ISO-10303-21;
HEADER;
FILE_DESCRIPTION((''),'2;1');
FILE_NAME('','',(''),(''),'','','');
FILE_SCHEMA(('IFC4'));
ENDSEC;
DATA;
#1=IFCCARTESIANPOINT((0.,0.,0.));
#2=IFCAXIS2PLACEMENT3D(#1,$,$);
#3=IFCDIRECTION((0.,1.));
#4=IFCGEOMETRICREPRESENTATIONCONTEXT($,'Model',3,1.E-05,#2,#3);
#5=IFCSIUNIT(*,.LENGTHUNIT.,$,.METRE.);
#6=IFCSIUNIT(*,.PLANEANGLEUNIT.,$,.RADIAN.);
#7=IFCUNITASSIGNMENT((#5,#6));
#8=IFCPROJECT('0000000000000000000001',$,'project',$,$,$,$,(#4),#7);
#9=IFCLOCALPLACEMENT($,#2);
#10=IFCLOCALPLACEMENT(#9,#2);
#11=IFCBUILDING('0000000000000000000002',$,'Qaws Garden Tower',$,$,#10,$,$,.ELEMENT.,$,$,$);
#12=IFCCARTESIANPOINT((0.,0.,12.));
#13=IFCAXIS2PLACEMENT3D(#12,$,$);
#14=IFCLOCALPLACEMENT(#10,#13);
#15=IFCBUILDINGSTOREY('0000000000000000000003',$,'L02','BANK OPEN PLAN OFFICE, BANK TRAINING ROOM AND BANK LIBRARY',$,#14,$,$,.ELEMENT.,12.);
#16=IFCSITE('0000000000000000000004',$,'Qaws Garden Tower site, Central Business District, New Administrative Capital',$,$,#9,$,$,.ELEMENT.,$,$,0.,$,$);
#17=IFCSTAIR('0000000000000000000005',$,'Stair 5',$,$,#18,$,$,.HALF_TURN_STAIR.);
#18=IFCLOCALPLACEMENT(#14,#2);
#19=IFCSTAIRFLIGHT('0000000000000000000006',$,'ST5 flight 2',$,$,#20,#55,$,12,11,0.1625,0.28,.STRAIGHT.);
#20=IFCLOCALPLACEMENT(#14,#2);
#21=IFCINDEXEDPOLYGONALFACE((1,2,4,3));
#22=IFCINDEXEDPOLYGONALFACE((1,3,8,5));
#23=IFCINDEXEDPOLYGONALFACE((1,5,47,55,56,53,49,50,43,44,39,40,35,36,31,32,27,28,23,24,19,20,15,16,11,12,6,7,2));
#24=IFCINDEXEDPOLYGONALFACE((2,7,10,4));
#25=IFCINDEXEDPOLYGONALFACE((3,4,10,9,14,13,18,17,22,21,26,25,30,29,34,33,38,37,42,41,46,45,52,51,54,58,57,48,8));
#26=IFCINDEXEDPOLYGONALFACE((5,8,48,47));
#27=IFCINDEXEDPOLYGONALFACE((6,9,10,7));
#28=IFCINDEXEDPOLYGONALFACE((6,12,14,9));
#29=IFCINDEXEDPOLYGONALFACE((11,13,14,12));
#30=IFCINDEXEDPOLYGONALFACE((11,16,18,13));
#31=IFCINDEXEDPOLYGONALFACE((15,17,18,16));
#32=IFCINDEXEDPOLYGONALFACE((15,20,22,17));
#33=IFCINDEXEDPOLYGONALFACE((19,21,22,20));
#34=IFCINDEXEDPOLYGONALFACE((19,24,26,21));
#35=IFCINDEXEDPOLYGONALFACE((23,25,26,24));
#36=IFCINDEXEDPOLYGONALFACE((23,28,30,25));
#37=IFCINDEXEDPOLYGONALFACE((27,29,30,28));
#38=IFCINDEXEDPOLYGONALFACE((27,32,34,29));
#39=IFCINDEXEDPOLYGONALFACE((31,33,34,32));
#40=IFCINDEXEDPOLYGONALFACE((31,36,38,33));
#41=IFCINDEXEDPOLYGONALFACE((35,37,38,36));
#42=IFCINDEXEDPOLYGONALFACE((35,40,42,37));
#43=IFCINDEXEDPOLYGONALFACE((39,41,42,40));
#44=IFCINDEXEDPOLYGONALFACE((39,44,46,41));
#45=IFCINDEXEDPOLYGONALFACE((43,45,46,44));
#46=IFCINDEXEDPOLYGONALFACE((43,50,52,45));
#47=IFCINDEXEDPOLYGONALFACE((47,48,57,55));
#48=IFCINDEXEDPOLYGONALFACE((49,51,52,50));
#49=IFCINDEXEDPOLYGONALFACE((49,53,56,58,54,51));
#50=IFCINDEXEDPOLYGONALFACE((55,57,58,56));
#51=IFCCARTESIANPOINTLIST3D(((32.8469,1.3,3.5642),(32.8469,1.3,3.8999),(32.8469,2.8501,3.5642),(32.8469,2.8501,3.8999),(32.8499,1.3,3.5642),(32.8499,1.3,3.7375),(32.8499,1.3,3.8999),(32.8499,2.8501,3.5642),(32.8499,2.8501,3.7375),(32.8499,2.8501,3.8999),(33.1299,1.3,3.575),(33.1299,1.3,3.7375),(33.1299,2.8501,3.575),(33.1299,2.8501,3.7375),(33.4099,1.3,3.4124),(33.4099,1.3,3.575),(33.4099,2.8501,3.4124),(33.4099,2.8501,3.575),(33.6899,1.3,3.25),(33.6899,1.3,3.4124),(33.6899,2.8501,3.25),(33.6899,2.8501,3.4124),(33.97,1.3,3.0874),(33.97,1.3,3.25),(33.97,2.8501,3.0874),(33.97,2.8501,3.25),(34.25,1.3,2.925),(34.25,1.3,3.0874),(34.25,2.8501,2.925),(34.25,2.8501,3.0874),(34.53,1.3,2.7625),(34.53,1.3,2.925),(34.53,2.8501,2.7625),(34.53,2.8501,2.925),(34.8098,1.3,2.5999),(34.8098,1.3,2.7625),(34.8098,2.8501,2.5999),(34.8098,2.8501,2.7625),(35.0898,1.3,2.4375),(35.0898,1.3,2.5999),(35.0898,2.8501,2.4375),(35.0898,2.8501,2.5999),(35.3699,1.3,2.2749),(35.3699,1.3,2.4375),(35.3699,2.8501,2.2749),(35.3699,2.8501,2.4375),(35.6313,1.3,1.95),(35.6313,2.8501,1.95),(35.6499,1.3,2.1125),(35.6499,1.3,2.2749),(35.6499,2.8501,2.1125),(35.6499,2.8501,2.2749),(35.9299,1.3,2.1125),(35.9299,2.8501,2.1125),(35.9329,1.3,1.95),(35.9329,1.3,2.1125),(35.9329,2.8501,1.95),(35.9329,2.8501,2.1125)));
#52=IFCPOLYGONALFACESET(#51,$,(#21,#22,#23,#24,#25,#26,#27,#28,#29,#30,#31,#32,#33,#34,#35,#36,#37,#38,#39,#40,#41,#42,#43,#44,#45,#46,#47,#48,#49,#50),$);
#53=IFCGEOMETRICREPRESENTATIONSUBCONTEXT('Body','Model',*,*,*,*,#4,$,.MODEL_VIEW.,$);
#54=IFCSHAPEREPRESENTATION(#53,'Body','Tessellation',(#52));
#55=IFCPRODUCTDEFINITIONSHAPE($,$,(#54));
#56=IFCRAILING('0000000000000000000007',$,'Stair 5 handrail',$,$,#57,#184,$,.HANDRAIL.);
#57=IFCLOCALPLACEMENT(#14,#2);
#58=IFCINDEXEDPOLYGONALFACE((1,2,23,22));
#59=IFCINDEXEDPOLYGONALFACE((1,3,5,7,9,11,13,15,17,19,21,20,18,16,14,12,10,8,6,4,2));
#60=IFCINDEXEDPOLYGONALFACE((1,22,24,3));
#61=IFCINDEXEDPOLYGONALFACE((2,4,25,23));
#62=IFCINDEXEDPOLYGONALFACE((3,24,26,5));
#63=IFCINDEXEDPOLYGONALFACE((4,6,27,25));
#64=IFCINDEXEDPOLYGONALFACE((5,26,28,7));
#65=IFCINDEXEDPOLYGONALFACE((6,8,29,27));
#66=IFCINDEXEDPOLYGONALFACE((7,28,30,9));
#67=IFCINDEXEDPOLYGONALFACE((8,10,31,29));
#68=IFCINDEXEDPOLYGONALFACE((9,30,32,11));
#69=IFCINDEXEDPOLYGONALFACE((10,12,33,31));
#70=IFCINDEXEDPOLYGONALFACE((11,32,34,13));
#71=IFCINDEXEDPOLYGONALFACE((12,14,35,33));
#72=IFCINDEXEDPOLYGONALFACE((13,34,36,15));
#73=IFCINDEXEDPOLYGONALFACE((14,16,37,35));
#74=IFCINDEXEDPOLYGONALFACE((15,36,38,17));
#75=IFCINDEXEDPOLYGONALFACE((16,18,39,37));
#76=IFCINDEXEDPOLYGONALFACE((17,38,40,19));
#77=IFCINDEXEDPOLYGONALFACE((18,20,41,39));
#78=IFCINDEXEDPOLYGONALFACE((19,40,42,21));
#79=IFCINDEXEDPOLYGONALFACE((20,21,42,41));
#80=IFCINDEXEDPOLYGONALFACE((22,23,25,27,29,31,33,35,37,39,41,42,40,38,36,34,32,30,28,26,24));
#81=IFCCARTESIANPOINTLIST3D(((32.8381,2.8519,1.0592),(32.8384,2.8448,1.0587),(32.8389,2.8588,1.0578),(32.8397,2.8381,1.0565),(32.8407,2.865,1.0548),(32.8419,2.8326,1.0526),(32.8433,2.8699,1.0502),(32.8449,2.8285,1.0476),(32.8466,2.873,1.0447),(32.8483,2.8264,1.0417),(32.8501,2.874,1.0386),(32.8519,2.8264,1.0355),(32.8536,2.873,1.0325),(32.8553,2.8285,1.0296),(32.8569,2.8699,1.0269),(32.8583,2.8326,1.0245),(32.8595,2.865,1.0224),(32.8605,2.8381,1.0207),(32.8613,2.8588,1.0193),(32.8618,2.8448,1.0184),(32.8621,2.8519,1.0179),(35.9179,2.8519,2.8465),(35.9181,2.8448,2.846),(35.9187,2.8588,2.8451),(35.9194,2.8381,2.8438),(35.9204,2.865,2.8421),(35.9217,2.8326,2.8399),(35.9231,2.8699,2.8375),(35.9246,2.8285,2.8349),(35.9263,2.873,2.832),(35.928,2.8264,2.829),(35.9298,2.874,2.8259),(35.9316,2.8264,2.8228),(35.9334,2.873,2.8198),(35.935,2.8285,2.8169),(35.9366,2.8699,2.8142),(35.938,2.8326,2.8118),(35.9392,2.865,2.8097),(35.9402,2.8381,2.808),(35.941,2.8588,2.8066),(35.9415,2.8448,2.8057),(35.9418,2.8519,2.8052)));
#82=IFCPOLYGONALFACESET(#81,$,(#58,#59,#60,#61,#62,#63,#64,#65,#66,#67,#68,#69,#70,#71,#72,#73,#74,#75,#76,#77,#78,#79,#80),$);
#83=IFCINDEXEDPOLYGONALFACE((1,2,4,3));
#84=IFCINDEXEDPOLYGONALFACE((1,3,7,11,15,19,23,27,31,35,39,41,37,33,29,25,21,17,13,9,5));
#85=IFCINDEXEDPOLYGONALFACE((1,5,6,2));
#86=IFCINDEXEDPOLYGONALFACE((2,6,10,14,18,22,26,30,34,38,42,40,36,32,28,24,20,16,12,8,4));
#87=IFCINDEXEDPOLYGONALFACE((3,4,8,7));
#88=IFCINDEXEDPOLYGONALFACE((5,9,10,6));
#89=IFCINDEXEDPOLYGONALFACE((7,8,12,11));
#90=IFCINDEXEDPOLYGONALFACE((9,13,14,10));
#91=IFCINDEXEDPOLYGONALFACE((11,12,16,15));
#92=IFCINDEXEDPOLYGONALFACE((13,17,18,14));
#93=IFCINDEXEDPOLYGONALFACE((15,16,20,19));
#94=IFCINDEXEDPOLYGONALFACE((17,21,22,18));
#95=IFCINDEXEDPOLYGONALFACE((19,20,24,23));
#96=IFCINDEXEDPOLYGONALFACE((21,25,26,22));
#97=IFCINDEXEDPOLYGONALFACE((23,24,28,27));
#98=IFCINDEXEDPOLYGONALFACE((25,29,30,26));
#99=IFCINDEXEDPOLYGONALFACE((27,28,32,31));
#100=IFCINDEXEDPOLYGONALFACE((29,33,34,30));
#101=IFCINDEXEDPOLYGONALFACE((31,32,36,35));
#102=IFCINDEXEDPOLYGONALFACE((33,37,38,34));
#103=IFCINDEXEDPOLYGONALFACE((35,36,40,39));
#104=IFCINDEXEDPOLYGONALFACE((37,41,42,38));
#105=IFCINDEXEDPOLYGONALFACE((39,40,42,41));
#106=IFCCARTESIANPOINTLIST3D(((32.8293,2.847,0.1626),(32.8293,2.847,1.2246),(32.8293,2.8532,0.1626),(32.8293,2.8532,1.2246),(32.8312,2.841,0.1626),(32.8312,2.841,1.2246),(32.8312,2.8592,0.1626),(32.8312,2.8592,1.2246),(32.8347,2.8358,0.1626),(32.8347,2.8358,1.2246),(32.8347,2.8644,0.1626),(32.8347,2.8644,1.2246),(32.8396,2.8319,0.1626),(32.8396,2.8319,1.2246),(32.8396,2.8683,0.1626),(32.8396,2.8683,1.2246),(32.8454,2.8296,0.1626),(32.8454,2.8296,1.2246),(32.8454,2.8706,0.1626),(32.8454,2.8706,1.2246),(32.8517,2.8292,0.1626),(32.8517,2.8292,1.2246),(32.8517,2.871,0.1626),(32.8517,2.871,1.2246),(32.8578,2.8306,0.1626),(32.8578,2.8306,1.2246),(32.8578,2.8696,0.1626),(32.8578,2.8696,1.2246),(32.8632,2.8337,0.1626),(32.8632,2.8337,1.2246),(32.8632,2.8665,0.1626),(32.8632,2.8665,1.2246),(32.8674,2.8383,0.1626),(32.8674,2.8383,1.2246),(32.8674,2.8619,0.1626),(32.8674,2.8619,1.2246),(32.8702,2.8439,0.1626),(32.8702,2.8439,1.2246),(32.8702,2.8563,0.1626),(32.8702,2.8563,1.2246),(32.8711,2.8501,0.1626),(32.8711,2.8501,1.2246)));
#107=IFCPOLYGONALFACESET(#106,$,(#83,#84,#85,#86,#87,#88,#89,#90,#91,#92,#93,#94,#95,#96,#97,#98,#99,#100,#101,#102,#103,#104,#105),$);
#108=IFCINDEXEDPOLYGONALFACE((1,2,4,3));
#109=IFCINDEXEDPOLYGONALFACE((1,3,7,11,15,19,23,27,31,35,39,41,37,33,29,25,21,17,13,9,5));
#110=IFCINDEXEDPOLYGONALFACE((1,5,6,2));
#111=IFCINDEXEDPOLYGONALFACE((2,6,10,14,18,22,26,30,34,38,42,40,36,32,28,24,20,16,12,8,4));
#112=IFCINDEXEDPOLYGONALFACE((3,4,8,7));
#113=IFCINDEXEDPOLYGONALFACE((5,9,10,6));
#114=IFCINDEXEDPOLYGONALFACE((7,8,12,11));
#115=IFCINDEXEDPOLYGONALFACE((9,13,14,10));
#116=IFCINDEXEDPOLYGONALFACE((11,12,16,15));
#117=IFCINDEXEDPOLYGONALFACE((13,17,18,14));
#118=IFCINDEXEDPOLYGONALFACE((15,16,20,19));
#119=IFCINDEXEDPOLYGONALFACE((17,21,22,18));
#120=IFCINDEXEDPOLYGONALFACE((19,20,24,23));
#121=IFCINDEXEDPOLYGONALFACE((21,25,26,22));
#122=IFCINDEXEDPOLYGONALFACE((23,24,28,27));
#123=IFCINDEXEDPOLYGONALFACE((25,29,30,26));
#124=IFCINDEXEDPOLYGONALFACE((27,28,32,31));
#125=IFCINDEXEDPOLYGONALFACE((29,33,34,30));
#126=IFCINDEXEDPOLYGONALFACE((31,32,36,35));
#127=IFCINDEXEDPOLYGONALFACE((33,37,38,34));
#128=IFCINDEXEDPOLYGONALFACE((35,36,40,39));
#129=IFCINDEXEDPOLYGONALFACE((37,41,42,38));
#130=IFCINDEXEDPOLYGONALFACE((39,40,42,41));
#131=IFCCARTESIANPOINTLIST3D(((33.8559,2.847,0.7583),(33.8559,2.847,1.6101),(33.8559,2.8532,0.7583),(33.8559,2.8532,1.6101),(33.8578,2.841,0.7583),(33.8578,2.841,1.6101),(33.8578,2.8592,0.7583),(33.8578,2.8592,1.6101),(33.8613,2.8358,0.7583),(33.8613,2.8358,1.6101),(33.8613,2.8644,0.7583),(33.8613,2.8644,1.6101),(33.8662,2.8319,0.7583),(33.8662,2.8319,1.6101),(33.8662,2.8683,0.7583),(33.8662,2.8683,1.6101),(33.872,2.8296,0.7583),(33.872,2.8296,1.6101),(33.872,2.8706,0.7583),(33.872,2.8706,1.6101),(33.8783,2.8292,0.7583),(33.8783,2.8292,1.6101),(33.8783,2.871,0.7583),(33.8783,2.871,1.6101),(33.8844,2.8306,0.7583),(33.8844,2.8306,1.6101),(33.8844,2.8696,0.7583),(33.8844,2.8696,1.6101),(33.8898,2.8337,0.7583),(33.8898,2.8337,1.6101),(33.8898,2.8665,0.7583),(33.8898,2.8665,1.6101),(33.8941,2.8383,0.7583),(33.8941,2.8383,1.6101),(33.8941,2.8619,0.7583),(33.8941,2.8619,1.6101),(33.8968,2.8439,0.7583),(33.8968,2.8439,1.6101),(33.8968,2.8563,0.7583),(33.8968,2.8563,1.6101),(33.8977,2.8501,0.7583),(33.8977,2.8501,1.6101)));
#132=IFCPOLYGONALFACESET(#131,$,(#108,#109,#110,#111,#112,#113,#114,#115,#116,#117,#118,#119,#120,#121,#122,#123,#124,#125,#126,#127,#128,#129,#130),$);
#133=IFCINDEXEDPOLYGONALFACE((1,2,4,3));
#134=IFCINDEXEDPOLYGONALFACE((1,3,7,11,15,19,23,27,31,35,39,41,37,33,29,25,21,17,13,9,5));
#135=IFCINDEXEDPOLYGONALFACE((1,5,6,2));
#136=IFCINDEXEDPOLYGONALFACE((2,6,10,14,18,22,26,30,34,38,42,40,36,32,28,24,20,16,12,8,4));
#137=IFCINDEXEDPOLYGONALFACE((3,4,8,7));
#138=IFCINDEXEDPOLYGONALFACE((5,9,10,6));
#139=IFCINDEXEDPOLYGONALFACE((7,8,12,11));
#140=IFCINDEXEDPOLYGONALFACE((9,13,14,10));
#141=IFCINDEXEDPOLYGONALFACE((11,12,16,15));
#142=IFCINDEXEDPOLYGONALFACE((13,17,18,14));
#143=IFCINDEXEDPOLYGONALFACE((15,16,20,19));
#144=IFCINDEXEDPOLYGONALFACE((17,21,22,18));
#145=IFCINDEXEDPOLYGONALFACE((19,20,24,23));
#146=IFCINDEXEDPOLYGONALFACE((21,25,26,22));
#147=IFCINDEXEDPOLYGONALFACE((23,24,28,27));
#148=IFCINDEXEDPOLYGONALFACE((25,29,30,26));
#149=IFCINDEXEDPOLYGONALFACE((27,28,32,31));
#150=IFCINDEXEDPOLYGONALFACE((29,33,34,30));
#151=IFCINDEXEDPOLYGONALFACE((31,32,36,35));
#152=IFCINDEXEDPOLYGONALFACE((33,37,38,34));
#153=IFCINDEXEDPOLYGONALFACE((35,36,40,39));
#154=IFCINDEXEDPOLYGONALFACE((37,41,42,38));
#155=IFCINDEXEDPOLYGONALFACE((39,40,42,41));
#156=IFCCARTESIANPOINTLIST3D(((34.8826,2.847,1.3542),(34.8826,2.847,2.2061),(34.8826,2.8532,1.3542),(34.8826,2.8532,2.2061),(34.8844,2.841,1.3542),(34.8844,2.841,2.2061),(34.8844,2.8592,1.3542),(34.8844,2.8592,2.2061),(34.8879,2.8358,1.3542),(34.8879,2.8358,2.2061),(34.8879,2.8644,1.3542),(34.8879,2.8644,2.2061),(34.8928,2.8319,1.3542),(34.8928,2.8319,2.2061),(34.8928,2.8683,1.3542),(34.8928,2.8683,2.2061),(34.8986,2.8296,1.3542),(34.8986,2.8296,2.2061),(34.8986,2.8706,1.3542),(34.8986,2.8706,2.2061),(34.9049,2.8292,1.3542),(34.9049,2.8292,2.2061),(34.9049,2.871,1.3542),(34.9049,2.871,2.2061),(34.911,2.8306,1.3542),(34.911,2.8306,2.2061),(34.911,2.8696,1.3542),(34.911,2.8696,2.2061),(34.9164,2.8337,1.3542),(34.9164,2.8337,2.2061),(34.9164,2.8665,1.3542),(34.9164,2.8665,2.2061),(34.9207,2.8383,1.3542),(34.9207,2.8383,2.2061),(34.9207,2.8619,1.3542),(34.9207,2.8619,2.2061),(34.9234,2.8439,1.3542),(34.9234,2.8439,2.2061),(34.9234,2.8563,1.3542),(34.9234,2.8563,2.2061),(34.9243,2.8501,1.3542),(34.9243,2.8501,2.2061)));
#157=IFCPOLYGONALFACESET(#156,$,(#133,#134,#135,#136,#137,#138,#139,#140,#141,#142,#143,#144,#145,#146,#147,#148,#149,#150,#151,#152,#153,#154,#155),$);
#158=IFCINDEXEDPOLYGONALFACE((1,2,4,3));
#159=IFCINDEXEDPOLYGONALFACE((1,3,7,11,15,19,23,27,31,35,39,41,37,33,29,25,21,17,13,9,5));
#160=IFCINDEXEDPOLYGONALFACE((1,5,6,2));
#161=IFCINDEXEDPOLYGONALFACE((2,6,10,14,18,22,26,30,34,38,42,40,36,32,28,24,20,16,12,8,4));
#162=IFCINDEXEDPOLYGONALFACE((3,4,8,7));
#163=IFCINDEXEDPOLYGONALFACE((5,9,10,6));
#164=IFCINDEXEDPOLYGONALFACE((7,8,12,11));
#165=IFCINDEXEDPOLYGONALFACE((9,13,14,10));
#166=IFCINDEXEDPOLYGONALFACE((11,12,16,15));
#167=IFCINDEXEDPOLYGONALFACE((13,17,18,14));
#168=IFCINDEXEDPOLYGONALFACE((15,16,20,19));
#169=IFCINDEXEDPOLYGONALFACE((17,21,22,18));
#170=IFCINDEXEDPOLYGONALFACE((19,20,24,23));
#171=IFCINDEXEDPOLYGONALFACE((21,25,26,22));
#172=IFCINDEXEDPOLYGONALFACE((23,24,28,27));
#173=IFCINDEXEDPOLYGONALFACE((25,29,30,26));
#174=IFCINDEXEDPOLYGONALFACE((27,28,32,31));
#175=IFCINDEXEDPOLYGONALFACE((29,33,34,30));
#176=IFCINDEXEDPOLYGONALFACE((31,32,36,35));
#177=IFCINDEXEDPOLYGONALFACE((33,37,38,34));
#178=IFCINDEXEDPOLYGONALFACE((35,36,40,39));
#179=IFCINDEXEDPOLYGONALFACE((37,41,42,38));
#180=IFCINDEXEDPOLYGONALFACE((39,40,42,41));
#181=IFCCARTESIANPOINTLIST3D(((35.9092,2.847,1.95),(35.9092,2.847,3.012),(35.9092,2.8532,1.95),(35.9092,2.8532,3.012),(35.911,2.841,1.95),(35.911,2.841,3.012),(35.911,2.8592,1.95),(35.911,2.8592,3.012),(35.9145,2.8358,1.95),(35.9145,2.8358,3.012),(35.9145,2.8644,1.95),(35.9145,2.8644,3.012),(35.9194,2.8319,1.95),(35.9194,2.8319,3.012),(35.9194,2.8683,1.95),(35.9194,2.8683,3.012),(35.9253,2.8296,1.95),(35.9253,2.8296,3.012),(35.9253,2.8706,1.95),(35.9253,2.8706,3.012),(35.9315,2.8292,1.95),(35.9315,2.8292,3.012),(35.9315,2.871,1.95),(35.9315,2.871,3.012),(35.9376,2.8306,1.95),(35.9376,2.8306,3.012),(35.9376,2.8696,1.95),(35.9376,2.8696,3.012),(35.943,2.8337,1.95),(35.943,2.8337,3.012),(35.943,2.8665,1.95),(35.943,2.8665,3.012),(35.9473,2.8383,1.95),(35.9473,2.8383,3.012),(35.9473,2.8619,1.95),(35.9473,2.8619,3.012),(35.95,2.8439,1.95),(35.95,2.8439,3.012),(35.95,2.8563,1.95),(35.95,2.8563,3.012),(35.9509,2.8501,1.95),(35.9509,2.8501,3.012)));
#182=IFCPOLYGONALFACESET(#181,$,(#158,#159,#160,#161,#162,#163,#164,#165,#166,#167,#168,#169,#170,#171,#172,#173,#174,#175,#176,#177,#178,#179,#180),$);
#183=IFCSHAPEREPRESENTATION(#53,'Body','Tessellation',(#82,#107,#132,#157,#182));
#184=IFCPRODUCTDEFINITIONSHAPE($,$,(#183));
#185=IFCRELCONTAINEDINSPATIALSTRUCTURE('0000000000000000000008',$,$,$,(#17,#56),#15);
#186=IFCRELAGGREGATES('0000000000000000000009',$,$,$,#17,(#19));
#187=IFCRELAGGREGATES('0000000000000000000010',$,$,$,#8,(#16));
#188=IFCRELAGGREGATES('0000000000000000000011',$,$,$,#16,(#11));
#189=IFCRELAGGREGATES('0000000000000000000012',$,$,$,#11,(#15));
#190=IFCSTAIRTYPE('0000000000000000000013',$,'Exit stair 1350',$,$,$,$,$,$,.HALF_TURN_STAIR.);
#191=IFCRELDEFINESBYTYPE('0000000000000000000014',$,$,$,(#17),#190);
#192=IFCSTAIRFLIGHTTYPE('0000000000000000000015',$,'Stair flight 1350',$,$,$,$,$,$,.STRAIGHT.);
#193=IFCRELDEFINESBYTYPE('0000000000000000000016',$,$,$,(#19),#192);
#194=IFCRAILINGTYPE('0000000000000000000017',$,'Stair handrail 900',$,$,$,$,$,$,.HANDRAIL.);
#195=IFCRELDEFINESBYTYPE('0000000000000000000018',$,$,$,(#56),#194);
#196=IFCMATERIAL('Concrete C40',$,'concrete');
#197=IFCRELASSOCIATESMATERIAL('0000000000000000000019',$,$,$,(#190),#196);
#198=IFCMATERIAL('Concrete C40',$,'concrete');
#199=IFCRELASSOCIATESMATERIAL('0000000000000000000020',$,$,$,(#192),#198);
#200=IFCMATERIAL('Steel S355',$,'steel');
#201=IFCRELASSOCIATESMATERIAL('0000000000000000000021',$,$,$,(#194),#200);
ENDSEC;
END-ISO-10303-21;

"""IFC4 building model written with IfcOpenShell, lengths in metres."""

from ifc_helpers import new_model, si_unit, direction, frame, origin, origin_2d, place, context, subcontext, project, spatial, polyline, circle, outline, extrude, material, type_object, element, aggregate, save


model = new_model("IFC4")

# Units and contexts
model_context = context("Model", 3, precision=1e-05, world=origin(), true_north=direction((0.0, 1.0)))
body_context = subcontext(model_context, "Body", "Model", "MODEL_VIEW")
ifc_project = project(units=[si_unit("LENGTHUNIT", "METRE"), si_unit("PLANEANGLEUNIT", "RADIAN")], contexts=[model_context])

# Site, building, storey
site_placement = place(None, origin())
site = spatial("IfcSite", under=ifc_project, at=site_placement, Name="Qaws Garden Tower site, Central Business District, New Administrative Capital", CompositionType="ELEMENT", RefElevation=0.0)
building_placement = place(site_placement, origin())
building = spatial("IfcBuilding", under=site, at=building_placement, Name="Qaws Garden Tower", CompositionType="ELEMENT")
storey_placement = place(building_placement, frame((0.0, 0.0, 12.0)))
storey = spatial("IfcBuildingStorey", under=building, at=storey_placement, Name="L02", Description="BANK OPEN PLAN OFFICE, BANK TRAINING ROOM AND BANK LIBRARY", CompositionType="ELEMENT", Elevation=12.0)

# Stair, stair flight
ifc_material_1 = material(Name="Concrete C40", Category="concrete")
stair_type = type_object("IfcStairType", Name="Exit stair 1350", PredefinedType="HALF_TURN_STAIR", material=ifc_material_1)
stair_placement = place(storey_placement, origin())
stair = element("IfcStair", 1, at=stair_placement, inside=storey, type_object=stair_type, Name="Stair 5", PredefinedType="HALF_TURN_STAIR")
ifc_material_2 = material(Name="Concrete C40", Category="concrete")
stair_flight_type = type_object("IfcStairFlightType", Name="Stair flight 1350", PredefinedType="STRAIGHT", material=ifc_material_2)
stair_flight_1_placement = place(storey_placement, frame((35.9299, 2.075, 1.95), z_axis=(0.0, 0.0, 1.0), x_axis=(-1.0, 0.0, 0.0)))
stair_flight_1 = element("IfcStairFlight", 2, at=stair_flight_1_placement, type_object=stair_flight_type, Name="ST5 flight 2", NumberOfRisers=12, NumberOfTreads=11, PredefinedType="STRAIGHT", RiserHeight=0.1625, TreadLength=0.28, context=body_context, shape_type="SweptSolid", body=[
    extrude(outline(polyline([(-0.0029, 0.0), (-0.0029, 0.1626), (0.0, 0.1626), (0.28, 0.1626), (0.28, 0.325), (0.5601, 0.325), (0.5601, 0.4875), (0.8401, 0.4875), (0.8401, 0.6499), (1.1201, 0.6499), (1.1201, 0.8125), (1.3999, 0.8125), (1.3999, 0.9751), (1.6799, 0.9751), (1.6799, 1.1375), (1.96, 1.1375), (1.96, 1.3), (2.24, 1.3), (2.24, 1.4624), (2.52, 1.4624), (2.52, 1.625), (2.8, 1.625), (2.8, 1.7876), (3.0801, 1.7876), (3.0801, 1.95), (3.083, 1.95), (3.083, 1.6143), (3.0801, 1.6143), (0.2986, 0.0), (-0.0029, 0.0)])), frame((0.0, 0.7749, 0.0), z_axis=(0.0, -1.0, 0.0), x_axis=(1.0, 0.0, 0.0)), (0.0, 0.0, 1.0), 1.55),
])
aggregate(stair, [stair_flight_1])

# Railing
ifc_material_3 = material(Name="Steel S355", Category="steel")
railing_type = type_object("IfcRailingType", Name="Stair handrail 900", PredefinedType="HANDRAIL", material=ifc_material_3)
railing_1_placement = place(storey_placement, frame((32.8501, 2.8501, 0.1626)))
element("IfcRailing", 3, at=railing_1_placement, inside=storey, type_object=railing_type, Name="Stair 5 handrail", PredefinedType="HANDRAIL", context=body_context, shape_type="SweptSolid", body=[
    extrude(circle(Radius=0.0239, at=origin_2d()), frame((0.0, 0.0, 0.876), z_axis=(0.864903, 0.0, 0.501939), x_axis=(0.0, 1.0, 0.0)), (0.0, 0.0, 1.0), 3.5608),
    extrude(circle(Radius=0.021, at=origin_2d()), origin(), (0.0, 0.0, 1.0), 1.062),
    extrude(circle(Radius=0.021, at=origin_2d()), frame((1.0266, 0.0, 0.5957)), (0.0, 0.0, 1.0), 0.8518),
    extrude(circle(Radius=0.021, at=origin_2d()), frame((2.0532, 0.0, 1.1917)), (0.0, 0.0, 1.0), 0.8518),
    extrude(circle(Radius=0.021, at=origin_2d()), frame((3.0798, 0.0, 1.7874)), (0.0, 0.0, 1.0), 1.062),
])

save(model, "model.ifc")
